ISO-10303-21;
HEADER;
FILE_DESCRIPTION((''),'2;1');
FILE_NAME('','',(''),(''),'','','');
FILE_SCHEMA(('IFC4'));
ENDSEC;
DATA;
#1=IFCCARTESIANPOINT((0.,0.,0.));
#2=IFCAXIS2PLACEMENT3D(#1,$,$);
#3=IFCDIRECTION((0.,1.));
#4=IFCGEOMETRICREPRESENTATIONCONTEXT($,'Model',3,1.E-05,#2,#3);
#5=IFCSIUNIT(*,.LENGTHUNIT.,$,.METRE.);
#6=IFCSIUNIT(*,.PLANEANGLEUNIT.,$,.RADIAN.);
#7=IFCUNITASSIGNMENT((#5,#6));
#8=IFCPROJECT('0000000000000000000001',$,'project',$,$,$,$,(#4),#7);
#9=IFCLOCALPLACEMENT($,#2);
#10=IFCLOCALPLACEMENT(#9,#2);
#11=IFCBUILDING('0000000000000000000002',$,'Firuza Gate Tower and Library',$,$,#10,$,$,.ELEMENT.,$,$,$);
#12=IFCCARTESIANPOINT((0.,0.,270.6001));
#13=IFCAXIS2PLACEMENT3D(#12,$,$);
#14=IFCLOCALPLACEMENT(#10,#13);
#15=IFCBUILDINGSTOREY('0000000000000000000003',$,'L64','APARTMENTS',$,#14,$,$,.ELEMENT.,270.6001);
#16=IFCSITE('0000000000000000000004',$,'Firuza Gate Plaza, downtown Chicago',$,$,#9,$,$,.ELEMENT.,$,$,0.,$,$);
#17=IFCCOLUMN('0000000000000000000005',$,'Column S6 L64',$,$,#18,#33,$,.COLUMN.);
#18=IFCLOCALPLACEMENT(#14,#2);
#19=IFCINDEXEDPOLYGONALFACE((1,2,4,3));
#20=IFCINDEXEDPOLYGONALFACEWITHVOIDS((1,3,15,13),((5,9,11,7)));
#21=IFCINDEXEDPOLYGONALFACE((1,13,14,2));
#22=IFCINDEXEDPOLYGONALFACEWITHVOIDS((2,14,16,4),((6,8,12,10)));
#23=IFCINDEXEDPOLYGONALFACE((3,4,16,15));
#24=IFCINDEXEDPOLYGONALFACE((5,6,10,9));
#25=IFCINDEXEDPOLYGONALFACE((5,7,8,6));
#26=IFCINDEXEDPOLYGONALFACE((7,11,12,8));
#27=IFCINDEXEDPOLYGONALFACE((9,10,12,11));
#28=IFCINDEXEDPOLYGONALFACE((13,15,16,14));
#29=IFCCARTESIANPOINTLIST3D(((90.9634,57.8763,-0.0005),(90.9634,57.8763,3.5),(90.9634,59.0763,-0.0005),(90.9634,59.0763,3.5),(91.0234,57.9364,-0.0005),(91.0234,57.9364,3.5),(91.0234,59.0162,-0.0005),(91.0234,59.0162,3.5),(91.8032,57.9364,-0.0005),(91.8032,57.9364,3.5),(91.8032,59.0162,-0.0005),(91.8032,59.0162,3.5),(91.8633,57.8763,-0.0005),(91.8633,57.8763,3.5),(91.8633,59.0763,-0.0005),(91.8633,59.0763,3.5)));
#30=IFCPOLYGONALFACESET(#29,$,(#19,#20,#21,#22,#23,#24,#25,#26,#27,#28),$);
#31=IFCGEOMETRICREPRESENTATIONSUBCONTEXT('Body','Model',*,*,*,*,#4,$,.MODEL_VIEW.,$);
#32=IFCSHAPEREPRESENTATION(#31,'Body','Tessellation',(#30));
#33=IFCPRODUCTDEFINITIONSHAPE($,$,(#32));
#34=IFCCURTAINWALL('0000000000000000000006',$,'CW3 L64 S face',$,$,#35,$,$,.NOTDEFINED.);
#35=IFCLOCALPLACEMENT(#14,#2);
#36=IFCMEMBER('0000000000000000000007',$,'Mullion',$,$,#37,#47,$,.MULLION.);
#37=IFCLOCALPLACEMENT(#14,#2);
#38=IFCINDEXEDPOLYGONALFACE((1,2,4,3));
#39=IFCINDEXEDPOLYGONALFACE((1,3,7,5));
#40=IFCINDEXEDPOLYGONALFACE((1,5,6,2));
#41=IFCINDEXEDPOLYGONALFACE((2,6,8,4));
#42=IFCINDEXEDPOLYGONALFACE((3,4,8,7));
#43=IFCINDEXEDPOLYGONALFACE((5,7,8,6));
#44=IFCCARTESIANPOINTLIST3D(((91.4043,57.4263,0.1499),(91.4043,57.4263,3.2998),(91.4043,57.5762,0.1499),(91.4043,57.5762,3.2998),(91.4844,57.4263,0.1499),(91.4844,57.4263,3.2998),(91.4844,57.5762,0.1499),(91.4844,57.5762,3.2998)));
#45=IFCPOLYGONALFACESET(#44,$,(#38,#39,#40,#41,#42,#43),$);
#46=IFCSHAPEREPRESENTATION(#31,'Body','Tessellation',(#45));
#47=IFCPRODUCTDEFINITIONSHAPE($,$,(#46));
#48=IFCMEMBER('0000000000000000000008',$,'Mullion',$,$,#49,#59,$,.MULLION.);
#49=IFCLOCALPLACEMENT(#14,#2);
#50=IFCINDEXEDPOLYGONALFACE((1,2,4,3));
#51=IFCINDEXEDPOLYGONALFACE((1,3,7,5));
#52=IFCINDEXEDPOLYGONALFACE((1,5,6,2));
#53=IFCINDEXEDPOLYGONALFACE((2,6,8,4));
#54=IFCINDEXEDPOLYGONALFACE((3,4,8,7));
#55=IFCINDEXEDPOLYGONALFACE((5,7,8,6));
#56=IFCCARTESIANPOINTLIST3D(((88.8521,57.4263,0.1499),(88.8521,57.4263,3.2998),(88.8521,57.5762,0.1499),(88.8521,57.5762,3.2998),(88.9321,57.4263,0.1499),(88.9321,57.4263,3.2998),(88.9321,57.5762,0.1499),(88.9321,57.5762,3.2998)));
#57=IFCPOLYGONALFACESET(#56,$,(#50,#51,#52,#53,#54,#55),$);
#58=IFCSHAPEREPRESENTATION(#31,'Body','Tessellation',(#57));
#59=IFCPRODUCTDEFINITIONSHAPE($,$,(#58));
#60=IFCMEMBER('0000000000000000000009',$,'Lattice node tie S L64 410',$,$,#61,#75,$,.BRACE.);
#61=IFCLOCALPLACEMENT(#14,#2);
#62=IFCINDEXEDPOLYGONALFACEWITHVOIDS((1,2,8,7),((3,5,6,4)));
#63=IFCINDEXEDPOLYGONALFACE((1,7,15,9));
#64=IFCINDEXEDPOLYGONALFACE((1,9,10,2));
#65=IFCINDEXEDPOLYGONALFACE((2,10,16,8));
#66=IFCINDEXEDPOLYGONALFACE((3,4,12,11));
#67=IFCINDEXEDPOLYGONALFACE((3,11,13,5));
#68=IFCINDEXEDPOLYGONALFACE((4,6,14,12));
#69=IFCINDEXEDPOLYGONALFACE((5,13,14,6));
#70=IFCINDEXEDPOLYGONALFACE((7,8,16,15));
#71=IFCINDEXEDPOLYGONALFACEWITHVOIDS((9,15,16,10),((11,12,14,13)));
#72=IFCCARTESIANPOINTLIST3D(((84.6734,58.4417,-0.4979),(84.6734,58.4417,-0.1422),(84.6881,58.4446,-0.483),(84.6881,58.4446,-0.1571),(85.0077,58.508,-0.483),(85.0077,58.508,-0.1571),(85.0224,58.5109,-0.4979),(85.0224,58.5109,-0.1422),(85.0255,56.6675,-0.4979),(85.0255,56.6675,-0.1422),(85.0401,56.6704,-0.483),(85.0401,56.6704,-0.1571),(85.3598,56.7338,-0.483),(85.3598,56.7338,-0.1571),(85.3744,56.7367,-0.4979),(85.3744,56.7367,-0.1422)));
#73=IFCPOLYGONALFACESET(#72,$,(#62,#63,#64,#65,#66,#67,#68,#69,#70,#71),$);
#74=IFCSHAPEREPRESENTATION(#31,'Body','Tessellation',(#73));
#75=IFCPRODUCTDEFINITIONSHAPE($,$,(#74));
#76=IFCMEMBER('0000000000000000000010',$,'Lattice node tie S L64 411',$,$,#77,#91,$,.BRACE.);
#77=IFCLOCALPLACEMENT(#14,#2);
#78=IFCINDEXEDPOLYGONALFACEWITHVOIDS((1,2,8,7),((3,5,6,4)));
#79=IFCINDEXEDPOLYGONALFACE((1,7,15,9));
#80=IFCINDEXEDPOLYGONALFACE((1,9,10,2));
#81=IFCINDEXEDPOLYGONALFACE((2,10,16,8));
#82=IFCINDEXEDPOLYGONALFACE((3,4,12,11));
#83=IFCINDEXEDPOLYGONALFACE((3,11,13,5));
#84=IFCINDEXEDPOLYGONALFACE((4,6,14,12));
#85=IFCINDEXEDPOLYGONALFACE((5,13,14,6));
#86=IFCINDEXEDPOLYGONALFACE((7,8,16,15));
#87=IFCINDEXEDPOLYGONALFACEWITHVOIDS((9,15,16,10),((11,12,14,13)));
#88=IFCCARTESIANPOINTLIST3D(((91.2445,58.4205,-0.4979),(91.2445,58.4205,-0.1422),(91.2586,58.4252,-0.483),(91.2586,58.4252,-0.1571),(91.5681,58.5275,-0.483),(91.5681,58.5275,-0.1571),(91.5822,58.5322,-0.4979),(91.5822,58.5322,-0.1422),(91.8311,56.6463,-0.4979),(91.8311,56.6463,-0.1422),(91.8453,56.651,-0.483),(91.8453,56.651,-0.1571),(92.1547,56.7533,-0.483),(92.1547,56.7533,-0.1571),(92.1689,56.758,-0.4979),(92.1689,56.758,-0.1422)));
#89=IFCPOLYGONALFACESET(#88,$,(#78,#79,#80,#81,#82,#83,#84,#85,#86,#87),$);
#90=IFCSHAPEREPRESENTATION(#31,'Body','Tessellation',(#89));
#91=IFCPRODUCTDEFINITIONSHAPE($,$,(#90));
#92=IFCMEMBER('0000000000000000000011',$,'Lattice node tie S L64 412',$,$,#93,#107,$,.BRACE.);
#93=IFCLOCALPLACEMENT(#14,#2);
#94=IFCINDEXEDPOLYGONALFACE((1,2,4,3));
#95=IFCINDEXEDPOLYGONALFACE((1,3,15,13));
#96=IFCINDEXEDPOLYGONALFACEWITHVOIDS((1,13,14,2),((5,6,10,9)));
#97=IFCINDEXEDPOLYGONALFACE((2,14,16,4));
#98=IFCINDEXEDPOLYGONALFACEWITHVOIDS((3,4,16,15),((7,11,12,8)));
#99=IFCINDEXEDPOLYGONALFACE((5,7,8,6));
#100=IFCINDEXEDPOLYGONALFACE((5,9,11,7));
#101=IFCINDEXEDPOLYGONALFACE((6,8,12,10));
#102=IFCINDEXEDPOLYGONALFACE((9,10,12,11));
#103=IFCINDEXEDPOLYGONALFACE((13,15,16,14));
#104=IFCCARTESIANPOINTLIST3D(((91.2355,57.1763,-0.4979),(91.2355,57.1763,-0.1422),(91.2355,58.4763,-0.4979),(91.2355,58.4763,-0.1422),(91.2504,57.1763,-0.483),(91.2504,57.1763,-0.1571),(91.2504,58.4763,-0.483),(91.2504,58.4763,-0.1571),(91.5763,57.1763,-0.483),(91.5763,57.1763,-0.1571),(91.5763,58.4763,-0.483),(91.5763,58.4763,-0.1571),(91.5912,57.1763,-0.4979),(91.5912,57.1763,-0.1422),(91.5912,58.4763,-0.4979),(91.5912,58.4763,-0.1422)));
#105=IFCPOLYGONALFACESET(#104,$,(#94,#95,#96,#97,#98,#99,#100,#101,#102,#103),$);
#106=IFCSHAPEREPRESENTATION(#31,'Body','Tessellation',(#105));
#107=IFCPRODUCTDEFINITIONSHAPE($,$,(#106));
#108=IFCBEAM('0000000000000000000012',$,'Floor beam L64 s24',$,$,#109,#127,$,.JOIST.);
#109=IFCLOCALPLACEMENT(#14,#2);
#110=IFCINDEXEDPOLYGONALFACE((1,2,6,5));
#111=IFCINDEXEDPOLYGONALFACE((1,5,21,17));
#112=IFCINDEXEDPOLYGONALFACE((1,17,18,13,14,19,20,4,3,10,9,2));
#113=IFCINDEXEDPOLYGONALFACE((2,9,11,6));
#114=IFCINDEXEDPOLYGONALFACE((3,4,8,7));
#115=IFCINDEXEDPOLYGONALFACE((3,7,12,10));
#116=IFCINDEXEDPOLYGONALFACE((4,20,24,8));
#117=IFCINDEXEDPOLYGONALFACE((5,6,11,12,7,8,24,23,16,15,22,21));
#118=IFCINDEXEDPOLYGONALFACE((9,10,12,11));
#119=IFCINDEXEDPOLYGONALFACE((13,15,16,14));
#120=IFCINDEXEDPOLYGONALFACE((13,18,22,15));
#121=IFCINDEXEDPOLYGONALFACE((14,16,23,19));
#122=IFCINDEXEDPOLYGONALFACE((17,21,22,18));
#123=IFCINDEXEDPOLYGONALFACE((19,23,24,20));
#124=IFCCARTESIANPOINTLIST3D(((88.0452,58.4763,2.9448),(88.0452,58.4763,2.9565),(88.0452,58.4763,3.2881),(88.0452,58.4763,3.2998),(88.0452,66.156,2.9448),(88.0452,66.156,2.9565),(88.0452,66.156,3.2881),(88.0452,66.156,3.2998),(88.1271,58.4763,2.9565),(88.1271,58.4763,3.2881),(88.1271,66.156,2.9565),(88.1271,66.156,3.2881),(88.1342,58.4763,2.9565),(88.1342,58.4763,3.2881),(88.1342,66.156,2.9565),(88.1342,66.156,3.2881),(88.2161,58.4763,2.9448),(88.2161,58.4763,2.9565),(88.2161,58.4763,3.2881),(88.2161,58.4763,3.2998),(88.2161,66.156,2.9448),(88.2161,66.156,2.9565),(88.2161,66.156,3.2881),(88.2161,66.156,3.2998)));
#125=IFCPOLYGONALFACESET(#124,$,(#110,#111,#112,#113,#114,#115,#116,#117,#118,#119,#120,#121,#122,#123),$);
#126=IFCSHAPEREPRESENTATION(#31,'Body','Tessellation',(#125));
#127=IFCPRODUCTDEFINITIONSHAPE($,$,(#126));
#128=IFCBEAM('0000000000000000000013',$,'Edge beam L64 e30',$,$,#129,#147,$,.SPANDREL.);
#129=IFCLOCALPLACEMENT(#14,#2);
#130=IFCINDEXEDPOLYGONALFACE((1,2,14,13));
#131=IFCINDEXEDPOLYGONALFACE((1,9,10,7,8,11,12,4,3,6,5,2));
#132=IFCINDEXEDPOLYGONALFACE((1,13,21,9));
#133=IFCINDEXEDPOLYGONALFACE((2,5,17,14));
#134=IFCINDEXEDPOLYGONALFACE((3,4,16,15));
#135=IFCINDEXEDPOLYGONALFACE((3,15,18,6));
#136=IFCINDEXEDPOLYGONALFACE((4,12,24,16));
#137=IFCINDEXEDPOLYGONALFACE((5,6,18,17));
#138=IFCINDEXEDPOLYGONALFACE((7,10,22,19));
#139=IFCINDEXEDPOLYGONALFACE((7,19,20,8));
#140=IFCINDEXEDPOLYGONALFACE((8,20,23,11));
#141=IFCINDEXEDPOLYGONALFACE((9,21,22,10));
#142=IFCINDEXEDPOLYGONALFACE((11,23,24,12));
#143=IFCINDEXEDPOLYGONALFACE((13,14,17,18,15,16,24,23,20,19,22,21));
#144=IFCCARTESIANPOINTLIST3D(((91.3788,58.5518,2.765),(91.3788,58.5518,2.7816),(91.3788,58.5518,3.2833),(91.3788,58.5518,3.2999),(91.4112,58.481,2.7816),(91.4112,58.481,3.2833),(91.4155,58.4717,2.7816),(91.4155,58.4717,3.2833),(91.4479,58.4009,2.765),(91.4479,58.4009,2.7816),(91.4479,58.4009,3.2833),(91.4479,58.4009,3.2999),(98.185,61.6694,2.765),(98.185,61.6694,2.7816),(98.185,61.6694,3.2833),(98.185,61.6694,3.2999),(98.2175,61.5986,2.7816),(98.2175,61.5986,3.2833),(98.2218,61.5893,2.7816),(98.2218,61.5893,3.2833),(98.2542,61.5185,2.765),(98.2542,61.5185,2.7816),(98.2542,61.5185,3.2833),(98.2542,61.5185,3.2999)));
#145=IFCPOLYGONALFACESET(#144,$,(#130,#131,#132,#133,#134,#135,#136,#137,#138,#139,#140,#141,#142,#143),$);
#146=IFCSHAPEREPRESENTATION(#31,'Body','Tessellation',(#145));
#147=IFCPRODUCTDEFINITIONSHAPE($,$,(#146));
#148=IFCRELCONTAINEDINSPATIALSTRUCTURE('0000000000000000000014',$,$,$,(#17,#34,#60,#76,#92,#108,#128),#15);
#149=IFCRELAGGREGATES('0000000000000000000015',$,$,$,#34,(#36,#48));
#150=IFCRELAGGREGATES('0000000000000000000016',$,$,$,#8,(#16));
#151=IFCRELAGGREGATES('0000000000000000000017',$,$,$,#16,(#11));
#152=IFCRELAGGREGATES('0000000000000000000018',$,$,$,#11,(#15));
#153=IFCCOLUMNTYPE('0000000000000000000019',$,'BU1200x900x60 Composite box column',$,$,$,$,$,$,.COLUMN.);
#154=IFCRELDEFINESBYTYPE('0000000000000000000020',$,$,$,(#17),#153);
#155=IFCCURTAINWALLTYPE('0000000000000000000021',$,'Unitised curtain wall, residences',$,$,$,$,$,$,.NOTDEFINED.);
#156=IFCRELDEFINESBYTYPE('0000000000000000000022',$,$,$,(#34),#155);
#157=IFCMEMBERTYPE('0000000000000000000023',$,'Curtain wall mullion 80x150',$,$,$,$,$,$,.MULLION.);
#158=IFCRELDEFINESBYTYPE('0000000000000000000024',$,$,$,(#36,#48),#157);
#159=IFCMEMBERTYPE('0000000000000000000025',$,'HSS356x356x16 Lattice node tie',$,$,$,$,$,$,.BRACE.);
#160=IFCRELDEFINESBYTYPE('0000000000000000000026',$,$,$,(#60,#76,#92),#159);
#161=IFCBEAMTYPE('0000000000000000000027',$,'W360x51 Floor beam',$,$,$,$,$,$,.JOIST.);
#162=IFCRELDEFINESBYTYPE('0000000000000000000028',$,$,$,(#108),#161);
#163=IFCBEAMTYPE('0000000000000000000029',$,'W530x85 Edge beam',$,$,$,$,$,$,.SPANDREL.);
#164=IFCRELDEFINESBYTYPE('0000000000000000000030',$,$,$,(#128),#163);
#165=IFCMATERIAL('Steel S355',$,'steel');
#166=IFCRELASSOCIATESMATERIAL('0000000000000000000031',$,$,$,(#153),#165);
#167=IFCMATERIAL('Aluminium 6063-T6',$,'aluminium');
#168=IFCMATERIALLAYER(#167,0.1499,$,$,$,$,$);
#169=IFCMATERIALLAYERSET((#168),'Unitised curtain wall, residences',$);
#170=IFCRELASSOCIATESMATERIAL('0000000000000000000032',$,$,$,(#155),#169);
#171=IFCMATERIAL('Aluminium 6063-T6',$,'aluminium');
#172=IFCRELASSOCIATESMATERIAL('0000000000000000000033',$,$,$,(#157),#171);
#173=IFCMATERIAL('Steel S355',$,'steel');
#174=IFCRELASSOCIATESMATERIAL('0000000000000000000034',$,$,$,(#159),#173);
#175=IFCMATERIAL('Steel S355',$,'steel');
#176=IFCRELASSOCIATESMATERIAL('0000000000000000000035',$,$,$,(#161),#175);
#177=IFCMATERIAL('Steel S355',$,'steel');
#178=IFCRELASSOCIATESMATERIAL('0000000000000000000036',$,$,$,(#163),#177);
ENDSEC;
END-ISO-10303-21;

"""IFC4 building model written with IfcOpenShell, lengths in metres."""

from ifc_helpers import new_model, si_unit, direction, frame, origin, origin_2d, place, context, subcontext, project, spatial, rectangle, hollow_rectangle, i_section, extrude, material, layer, layer_set, material_profile, profile_set, type_object, element, aggregate, save


model = new_model("IFC4")

# Units and contexts
model_context = context("Model", 3, precision=1e-05, world=origin(), true_north=direction((0.0, 1.0)))
body_context = subcontext(model_context, "Body", "Model", "MODEL_VIEW")
ifc_project = project(units=[si_unit("LENGTHUNIT", "METRE"), si_unit("PLANEANGLEUNIT", "RADIAN")], contexts=[model_context])

# Site, building, storey
site_placement = place(None, origin())
site = spatial("IfcSite", under=ifc_project, at=site_placement, Name="Firuza Gate Plaza, downtown Chicago", CompositionType="ELEMENT", RefElevation=0.0)
building_placement = place(site_placement, origin())
building = spatial("IfcBuilding", under=site, at=building_placement, Name="Firuza Gate Tower and Library", CompositionType="ELEMENT")
storey_placement = place(building_placement, frame((0.0, 0.0, 270.6001)))
storey = spatial("IfcBuildingStorey", under=building, at=storey_placement, Name="L64", Description="APARTMENTS", CompositionType="ELEMENT", Elevation=270.6001)

# Column
ifc_material_1 = material(Name="Steel S355", Category="steel")
ifc_material_profile_1 = material_profile(ifc_material_1, hollow_rectangle(XDim=0.8999, YDim=1.2, WallThickness=0.0601, at=origin_2d()))
ifc_profile_set_1 = profile_set([ifc_material_profile_1], Name="Steel S355")
column_type = type_object("IfcColumnType", Name="BU1200x900x60 Composite box column", PredefinedType="COLUMN", material=ifc_profile_set_1)
column_placement = place(storey_placement, frame((91.4133, 58.4763, -0.0005), z_axis=(0.0, 0.0, 1.0), x_axis=(1.0, 0.0, 0.0)))
element("IfcColumn", 1, at=column_placement, inside=storey, type_object=column_type, Name="Column S6 L64", PredefinedType="COLUMN", context=body_context, shape_type="SweptSolid", body=[
    extrude(hollow_rectangle(XDim=0.8999, YDim=1.2, WallThickness=0.0601, at=origin_2d()), origin(), (0.0, 0.0, 1.0), 3.5005),
])

# Curtain wall, members
ifc_material_2 = material(Name="Aluminium 6063-T6", Category="aluminium")
ifc_layer_1 = layer(ifc_material_2, 0.1499)
ifc_layer_set_1 = layer_set([ifc_layer_1], Name="Unitised curtain wall, residences")
curtain_wall_type = type_object("IfcCurtainWallType", Name="Unitised curtain wall, residences", PredefinedType="NOTDEFINED", material=ifc_layer_set_1)
curtain_wall_placement = place(storey_placement, origin())
curtain_wall = element("IfcCurtainWall", 2, at=curtain_wall_placement, inside=storey, type_object=curtain_wall_type, Name="CW3 L64 S face", PredefinedType="NOTDEFINED")
ifc_material_3 = material(Name="Aluminium 6063-T6", Category="aluminium")
ifc_material_profile_2 = material_profile(ifc_material_3, rectangle(XDim=0.1499, YDim=0.0801, at=origin_2d()))
ifc_profile_set_2 = profile_set([ifc_material_profile_2], Name="Aluminium 6063-T6")
member_type_1 = type_object("IfcMemberType", Name="Curtain wall mullion 80x150", PredefinedType="MULLION", material=ifc_profile_set_2)
member_1_placement = place(storey_placement, frame((91.4443, 57.5012, 0.1499), z_axis=(0.0, 0.0, 1.0), x_axis=(0.0, 1.0, 0.0)))
member_1 = element("IfcMember", 3, at=member_1_placement, type_object=member_type_1, Name="Mullion", PredefinedType="MULLION", context=body_context, shape_type="SweptSolid", body=[
    extrude(rectangle(XDim=0.1499, YDim=0.0801, at=origin_2d()), origin(), (0.0, 0.0, 1.0), 3.1499),
])
member_2_placement = place(storey_placement, frame((88.8921, 57.5012, 0.1499), z_axis=(0.0, 0.0, 1.0), x_axis=(0.0, 1.0, 0.0)))
member_2 = element("IfcMember", 4, at=member_2_placement, type_object=member_type_1, Name="Mullion", PredefinedType="MULLION", context=body_context, shape_type="SweptSolid", body=[
    extrude(rectangle(XDim=0.1499, YDim=0.0801, at=origin_2d()), origin(), (0.0, 0.0, 1.0), 3.1499),
])
aggregate(curtain_wall, [member_1, member_2])

# Members
ifc_material_4 = material(Name="Steel S355", Category="steel")
ifc_material_profile_3 = material_profile(ifc_material_4, hollow_rectangle(XDim=0.3557, YDim=0.3557, WallThickness=0.0149, at=origin_2d()))
ifc_profile_set_3 = profile_set([ifc_material_profile_3], Name="Steel S355")
member_type_2 = type_object("IfcMemberType", Name="HSS356x356x16 Lattice node tie", PredefinedType="BRACE", material=ifc_profile_set_3)
member_3_placement = place(storey_placement, frame((84.8479, 58.4763, -0.3201), z_axis=(0.194636, -0.980875, 0.0), x_axis=(0.980875, 0.194636, 0.0)))
element("IfcMember", 5, at=member_3_placement, inside=storey, type_object=member_type_2, Name="Lattice node tie S L64 410", PredefinedType="BRACE", context=body_context, shape_type="SweptSolid", body=[
    extrude(hollow_rectangle(XDim=0.3557, YDim=0.3557, WallThickness=0.0149, at=origin_2d()), origin(), (0.0, 0.0, 1.0), 1.8088),
])
member_4_placement = place(storey_placement, frame((91.4133, 58.4763, -0.3201), z_axis=(0.313954, -0.949438, 0.0), x_axis=(0.949438, 0.313954, 0.0)))
element("IfcMember", 6, at=member_4_placement, inside=storey, type_object=member_type_2, Name="Lattice node tie S L64 411", PredefinedType="BRACE", context=body_context, shape_type="SweptSolid", body=[
    extrude(hollow_rectangle(XDim=0.3557, YDim=0.3557, WallThickness=0.0149, at=origin_2d()), origin(), (0.0, 0.0, 1.0), 1.8687),
])
member_5_placement = place(storey_placement, frame((91.4133, 58.4763, -0.3201), z_axis=(0.0, -1.0, 0.0), x_axis=(1.0, 0.0, 0.0)))
element("IfcMember", 7, at=member_5_placement, inside=storey, type_object=member_type_2, Name="Lattice node tie S L64 412", PredefinedType="BRACE", context=body_context, shape_type="SweptSolid", body=[
    extrude(hollow_rectangle(XDim=0.3557, YDim=0.3557, WallThickness=0.0149, at=origin_2d()), origin(), (0.0, 0.0, 1.0), 1.3),
])

# Beams
ifc_material_5 = material(Name="Steel S355", Category="steel")
ifc_material_profile_4 = material_profile(ifc_material_5, i_section(OverallWidth=0.1709, OverallDepth=0.355, WebThickness=0.0071, FlangeThickness=0.0117, at=origin_2d()))
ifc_profile_set_4 = profile_set([ifc_material_profile_4], Name="Steel S355")
beam_type_1 = type_object("IfcBeamType", Name="W360x51 Floor beam", PredefinedType="JOIST", material=ifc_profile_set_4)
beam_1_placement = place(storey_placement, frame((88.1306, 58.4763, 3.1223), z_axis=(0.0, 1.0, 0.0), x_axis=(-1.0, 0.0, 0.0)))
element("IfcBeam", 8, at=beam_1_placement, inside=storey, type_object=beam_type_1, Name="Floor beam L64 s24", PredefinedType="JOIST", context=body_context, shape_type="SweptSolid", body=[
    extrude(i_section(OverallWidth=0.1709, OverallDepth=0.355, WebThickness=0.0071, FlangeThickness=0.0117, at=origin_2d()), origin(), (0.0, 0.0, 1.0), 7.6797),
])
ifc_material_6 = material(Name="Steel S355", Category="steel")
ifc_material_profile_5 = material_profile(ifc_material_6, i_section(OverallWidth=0.166, OverallDepth=0.5349, WebThickness=0.0103, FlangeThickness=0.0166, at=origin_2d()))
ifc_profile_set_5 = profile_set([ifc_material_profile_5], Name="Steel S355")
beam_type_2 = type_object("IfcBeamType", Name="W530x85 Edge beam", PredefinedType="SPANDREL", material=ifc_profile_set_5)
beam_2_placement = place(storey_placement, frame((91.4133, 58.4763, 3.0325), z_axis=(0.909162, 0.416442, 0.0), x_axis=(-0.416442, 0.909162, 0.0)))
element("IfcBeam", 9, at=beam_2_placement, inside=storey, type_object=beam_type_2, Name="Edge beam L64 e30", PredefinedType="SPANDREL", context=body_context, shape_type="SweptSolid", body=[
    extrude(i_section(OverallWidth=0.166, OverallDepth=0.5349, WebThickness=0.0103, FlangeThickness=0.0166, at=origin_2d()), origin(), (0.0, 0.0, 1.0), 7.4863),
])

save(model, "model.ifc")
